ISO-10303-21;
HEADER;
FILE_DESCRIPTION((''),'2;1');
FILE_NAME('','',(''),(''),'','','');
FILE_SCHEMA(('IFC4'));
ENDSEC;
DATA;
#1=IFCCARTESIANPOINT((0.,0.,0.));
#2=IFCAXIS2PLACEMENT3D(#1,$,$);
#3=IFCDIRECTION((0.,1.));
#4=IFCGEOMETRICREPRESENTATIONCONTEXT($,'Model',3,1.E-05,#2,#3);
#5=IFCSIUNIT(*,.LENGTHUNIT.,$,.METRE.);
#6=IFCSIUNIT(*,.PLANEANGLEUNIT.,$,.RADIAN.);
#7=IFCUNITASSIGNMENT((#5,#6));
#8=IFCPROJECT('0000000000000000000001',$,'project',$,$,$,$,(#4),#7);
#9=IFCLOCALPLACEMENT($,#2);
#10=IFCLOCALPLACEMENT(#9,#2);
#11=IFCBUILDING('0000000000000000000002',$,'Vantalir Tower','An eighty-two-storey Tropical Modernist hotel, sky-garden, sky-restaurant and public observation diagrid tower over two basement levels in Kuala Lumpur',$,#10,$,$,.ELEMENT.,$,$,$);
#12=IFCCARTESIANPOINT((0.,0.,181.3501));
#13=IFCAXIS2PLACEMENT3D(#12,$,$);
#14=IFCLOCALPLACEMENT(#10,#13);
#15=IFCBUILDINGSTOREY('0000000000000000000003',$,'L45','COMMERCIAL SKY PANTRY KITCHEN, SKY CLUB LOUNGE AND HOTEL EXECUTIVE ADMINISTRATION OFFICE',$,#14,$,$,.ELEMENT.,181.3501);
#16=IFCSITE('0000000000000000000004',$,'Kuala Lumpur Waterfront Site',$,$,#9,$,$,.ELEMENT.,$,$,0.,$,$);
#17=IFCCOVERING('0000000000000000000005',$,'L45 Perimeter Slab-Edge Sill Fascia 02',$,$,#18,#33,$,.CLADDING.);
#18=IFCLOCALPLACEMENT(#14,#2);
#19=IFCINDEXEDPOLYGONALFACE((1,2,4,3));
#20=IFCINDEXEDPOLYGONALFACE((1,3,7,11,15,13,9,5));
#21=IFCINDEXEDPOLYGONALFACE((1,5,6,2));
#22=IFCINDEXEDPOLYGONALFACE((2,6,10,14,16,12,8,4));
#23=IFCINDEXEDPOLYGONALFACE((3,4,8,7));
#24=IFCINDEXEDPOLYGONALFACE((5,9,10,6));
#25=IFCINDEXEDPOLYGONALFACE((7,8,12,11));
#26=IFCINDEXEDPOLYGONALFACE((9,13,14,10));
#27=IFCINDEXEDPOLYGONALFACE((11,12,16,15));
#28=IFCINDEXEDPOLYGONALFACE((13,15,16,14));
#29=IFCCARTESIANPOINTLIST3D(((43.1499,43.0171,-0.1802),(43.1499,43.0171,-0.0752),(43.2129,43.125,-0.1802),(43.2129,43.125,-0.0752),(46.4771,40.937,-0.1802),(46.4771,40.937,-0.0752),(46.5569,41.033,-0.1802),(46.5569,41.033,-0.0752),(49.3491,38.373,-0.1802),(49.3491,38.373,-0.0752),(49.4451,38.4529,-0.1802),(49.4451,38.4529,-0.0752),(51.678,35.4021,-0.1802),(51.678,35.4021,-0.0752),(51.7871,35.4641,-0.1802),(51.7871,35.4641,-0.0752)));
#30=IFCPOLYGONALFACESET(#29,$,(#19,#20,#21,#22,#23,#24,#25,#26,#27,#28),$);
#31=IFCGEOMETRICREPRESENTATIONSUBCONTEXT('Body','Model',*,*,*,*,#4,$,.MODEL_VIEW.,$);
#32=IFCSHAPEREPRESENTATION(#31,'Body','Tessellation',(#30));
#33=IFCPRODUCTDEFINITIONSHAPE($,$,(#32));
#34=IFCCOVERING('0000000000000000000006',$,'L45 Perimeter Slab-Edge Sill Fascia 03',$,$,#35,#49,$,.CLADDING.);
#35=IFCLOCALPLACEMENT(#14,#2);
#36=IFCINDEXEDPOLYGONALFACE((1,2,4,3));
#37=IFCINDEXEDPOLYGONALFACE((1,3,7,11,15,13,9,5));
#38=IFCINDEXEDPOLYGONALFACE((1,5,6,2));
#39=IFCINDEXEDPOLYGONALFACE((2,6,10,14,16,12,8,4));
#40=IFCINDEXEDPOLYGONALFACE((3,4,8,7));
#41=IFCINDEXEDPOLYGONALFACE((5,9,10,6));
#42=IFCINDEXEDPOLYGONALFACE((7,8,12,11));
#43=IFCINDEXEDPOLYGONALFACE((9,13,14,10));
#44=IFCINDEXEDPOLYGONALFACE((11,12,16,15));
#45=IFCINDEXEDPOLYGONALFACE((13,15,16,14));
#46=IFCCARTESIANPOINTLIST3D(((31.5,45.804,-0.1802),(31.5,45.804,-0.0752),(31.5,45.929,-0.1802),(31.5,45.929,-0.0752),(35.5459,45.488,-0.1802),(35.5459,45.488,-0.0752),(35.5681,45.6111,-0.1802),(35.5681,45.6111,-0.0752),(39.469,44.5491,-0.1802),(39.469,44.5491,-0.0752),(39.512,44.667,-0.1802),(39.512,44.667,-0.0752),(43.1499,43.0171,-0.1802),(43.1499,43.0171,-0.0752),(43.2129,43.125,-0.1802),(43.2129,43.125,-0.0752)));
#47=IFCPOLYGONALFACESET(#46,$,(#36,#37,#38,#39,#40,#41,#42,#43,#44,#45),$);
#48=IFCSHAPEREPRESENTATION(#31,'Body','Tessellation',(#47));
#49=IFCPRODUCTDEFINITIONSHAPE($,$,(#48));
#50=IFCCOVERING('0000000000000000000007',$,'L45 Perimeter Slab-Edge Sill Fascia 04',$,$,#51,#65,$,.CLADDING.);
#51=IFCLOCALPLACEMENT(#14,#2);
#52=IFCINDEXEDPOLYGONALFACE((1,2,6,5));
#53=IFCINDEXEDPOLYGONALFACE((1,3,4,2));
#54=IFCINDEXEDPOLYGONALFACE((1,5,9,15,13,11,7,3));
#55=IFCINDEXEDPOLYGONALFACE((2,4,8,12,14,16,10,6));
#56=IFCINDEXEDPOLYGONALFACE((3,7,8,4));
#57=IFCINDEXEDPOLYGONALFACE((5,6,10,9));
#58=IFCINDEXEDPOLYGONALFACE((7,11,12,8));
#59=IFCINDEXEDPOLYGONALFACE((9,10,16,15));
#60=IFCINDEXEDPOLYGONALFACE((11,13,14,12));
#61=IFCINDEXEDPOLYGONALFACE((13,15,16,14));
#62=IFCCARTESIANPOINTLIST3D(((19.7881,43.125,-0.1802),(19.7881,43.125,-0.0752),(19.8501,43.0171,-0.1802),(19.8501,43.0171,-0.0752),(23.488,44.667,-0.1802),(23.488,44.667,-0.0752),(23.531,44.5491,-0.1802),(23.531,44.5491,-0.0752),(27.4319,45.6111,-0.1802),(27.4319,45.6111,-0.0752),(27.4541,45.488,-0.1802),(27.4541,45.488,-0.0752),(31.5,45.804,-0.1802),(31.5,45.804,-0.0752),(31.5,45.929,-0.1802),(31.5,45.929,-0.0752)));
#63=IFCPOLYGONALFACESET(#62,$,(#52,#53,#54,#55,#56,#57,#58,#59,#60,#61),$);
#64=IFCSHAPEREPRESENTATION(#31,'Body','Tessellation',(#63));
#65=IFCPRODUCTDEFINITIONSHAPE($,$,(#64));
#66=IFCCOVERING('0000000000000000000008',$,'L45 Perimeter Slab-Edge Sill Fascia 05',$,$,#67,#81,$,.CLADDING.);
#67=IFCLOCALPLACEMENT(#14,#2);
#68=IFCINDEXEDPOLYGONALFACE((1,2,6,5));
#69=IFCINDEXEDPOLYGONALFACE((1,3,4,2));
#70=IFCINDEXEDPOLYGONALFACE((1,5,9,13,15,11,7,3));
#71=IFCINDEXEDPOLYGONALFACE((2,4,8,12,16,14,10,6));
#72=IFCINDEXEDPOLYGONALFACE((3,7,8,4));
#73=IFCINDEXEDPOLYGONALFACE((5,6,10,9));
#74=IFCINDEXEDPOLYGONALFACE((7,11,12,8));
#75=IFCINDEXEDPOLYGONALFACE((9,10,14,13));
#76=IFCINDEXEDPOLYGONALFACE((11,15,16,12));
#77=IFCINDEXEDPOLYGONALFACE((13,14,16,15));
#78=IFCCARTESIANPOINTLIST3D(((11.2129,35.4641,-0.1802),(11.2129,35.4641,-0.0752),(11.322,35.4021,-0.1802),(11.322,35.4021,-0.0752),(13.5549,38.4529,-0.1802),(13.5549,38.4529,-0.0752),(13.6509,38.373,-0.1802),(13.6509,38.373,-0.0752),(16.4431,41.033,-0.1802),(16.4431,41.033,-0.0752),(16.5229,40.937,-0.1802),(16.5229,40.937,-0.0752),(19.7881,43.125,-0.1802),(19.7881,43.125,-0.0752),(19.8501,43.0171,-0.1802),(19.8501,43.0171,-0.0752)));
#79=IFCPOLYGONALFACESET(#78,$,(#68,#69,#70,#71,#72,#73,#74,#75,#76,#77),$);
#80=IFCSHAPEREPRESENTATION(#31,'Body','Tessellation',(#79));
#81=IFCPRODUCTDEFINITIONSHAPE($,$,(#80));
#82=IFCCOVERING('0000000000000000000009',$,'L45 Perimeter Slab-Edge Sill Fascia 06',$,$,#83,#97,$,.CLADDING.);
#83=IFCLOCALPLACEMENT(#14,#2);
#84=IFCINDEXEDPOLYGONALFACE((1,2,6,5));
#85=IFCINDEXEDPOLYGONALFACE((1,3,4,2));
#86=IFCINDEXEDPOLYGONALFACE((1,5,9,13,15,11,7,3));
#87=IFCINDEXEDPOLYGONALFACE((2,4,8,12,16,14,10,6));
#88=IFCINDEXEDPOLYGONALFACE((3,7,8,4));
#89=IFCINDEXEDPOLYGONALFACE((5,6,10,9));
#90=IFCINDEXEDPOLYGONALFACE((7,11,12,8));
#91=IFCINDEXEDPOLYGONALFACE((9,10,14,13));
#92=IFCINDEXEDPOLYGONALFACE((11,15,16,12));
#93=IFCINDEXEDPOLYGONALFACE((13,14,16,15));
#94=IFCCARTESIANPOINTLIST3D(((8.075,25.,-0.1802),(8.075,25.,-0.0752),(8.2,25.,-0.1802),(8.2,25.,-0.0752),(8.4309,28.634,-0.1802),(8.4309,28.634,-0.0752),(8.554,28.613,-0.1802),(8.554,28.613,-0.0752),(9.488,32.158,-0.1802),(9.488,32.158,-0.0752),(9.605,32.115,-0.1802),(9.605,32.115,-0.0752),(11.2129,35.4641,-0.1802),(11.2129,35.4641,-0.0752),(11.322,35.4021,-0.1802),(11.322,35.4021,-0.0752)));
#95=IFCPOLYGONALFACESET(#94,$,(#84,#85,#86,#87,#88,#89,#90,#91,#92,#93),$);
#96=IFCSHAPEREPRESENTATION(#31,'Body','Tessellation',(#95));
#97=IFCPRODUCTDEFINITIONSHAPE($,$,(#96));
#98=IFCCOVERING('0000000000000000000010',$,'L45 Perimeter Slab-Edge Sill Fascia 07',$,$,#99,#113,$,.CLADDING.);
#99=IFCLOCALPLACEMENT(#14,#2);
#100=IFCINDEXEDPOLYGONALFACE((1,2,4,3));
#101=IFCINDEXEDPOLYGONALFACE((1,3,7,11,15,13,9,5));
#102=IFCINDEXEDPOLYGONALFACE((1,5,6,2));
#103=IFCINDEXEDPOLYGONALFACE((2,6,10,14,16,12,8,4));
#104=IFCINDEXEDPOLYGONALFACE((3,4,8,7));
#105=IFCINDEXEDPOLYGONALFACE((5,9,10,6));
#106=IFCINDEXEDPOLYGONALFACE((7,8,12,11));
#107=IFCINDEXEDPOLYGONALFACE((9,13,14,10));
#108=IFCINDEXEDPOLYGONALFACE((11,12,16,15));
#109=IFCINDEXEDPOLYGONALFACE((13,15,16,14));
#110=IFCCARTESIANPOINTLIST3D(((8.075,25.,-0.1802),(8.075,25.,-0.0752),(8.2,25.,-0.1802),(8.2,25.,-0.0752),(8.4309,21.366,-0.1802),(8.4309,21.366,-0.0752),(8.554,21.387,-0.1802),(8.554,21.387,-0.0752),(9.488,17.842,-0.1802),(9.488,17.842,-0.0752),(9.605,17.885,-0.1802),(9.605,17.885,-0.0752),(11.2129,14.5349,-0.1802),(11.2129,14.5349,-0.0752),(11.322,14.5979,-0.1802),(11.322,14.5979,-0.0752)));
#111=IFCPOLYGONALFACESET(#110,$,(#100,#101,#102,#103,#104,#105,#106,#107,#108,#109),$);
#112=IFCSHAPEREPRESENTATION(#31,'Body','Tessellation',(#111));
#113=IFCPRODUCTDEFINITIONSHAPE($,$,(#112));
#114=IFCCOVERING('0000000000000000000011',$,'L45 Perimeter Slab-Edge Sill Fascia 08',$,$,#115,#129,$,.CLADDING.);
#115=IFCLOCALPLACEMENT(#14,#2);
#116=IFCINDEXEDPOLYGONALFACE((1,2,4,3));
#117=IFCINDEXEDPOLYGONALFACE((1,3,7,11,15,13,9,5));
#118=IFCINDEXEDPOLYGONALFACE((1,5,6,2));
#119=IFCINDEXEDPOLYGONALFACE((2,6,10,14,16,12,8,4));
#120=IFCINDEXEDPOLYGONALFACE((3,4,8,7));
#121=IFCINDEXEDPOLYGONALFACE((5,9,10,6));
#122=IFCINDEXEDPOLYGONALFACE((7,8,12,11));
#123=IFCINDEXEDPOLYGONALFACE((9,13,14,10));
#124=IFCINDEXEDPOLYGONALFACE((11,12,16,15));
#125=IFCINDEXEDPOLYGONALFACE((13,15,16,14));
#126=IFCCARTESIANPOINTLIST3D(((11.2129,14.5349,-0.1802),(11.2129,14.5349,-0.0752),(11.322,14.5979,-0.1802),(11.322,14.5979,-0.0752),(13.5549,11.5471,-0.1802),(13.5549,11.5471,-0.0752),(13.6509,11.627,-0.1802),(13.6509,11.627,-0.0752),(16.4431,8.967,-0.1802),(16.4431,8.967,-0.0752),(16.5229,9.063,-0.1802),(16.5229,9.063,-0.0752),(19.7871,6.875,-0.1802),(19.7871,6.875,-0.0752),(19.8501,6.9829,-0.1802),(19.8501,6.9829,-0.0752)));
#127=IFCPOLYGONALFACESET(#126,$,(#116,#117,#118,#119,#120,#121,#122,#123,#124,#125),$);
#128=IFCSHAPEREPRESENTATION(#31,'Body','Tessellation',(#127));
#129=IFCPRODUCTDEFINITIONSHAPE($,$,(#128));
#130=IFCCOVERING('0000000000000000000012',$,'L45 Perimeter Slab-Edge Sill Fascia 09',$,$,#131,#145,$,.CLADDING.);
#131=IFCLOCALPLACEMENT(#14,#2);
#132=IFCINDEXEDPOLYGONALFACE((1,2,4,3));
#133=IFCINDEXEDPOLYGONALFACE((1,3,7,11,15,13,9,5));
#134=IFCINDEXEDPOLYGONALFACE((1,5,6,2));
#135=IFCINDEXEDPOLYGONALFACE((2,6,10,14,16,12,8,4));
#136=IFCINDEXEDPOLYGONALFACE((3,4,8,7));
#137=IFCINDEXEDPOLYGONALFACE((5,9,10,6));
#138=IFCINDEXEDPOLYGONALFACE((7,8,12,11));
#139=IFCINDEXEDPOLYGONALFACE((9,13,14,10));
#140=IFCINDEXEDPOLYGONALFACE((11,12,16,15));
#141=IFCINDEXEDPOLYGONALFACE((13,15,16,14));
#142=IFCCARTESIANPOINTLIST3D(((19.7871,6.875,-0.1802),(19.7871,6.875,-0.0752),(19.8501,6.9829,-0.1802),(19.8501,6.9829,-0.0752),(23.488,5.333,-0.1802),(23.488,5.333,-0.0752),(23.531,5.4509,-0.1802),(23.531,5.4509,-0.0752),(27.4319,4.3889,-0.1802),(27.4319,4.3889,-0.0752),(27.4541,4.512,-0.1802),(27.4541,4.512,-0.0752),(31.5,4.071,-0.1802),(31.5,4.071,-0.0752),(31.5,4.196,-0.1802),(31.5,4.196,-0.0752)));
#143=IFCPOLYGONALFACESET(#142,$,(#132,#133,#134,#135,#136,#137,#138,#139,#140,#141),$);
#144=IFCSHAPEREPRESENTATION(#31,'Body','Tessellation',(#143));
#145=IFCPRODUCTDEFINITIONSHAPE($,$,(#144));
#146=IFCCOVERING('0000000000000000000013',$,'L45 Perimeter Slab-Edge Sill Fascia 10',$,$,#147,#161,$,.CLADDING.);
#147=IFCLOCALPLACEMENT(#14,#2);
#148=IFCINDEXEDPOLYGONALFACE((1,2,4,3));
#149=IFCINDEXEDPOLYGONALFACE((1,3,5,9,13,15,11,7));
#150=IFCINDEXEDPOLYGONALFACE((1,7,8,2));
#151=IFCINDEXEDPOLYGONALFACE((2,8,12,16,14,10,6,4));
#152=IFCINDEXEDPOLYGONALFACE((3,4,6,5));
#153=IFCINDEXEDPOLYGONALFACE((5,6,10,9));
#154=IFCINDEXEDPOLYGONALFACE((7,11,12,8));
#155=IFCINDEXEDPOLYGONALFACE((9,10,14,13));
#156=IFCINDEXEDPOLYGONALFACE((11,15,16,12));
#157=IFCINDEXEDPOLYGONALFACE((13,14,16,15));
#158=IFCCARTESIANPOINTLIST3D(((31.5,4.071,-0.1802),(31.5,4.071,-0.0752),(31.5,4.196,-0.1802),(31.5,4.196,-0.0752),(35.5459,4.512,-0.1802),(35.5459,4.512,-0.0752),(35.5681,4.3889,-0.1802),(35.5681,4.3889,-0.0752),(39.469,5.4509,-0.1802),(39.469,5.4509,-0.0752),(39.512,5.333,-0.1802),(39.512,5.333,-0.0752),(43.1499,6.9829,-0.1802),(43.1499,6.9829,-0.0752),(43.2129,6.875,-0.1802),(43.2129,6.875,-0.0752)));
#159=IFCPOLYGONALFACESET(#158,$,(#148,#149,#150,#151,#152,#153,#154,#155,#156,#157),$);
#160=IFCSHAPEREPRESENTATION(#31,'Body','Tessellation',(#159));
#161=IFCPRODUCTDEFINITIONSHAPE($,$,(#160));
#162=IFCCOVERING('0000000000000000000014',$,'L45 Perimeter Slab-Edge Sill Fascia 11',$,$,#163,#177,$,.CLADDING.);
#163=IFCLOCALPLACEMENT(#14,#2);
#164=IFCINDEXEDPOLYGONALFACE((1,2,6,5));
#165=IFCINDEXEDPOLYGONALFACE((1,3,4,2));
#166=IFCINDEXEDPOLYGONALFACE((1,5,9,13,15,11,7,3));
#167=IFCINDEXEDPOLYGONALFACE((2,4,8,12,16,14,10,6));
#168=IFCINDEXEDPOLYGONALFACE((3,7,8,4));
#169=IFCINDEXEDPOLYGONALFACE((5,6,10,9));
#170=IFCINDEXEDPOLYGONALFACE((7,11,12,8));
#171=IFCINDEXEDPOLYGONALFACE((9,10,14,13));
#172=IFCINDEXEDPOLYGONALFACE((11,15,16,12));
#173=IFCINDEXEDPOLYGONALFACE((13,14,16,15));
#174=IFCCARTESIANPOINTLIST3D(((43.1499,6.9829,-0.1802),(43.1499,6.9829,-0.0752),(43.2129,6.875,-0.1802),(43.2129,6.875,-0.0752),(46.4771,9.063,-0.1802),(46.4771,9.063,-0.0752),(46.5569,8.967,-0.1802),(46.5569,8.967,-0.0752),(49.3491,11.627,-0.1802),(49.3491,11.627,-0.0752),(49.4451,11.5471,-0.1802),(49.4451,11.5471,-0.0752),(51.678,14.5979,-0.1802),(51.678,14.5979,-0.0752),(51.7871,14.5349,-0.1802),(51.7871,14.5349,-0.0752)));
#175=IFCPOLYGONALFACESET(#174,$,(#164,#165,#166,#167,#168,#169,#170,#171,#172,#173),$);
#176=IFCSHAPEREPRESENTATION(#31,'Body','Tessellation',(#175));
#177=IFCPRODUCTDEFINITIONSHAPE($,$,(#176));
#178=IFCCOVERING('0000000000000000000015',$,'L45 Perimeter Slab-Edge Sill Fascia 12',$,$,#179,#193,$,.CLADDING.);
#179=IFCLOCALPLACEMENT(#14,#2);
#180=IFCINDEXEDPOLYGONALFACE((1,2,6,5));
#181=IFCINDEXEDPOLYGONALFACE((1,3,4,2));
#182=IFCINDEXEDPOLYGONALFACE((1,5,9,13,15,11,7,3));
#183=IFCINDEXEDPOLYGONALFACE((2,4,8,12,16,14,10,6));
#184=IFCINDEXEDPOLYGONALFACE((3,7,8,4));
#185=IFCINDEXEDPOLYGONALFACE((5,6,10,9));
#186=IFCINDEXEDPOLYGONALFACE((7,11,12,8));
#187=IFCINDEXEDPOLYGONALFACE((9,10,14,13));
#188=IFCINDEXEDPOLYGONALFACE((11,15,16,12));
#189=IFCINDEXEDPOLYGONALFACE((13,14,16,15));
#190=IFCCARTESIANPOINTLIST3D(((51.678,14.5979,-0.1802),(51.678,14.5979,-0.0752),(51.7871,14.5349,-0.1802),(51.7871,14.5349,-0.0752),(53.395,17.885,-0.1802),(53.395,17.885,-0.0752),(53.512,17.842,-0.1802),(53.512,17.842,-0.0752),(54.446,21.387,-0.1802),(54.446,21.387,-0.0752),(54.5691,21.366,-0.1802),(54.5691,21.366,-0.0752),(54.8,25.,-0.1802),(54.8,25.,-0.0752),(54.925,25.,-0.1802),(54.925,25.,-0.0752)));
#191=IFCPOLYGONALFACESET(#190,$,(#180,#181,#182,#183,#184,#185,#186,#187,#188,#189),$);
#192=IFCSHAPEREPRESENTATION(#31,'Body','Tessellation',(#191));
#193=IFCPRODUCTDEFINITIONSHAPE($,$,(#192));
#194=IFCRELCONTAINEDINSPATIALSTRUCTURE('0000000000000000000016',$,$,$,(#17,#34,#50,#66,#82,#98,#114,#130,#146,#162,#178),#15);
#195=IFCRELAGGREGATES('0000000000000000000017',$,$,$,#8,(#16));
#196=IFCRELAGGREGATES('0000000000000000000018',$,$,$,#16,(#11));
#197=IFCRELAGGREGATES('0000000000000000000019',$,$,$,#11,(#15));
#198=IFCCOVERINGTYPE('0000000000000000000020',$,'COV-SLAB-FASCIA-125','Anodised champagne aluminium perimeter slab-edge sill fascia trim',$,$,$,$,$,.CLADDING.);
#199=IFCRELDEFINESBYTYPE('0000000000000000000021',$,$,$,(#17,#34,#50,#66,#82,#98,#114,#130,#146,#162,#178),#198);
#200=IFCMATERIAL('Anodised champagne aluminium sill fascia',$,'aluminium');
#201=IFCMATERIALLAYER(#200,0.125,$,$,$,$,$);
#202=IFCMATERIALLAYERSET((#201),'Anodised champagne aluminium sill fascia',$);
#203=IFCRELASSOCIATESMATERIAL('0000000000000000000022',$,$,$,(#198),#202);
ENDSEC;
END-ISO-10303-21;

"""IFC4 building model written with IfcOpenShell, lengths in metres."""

from ifc_helpers import new_model, si_unit, direction, frame, origin, place, context, subcontext, project, spatial, polyline, outline, extrude, material, layer, layer_set, type_object, element, save


model = new_model("IFC4")

# Units and contexts
model_context = context("Model", 3, precision=1e-05, world=origin(), true_north=direction((0.0, 1.0)))
body_context = subcontext(model_context, "Body", "Model", "MODEL_VIEW")
ifc_project = project(units=[si_unit("LENGTHUNIT", "METRE"), si_unit("PLANEANGLEUNIT", "RADIAN")], contexts=[model_context])

# Site, building, storey
site_placement = place(None, origin())
site = spatial("IfcSite", under=ifc_project, at=site_placement, Name="Kuala Lumpur Waterfront Site", CompositionType="ELEMENT", RefElevation=0.0)
building_placement = place(site_placement, origin())
building = spatial("IfcBuilding", under=site, at=building_placement, Name="Vantalir Tower", Description="An eighty-two-storey Tropical Modernist hotel, sky-garden, sky-restaurant and public observation diagrid tower over two basement levels in Kuala Lumpur", CompositionType="ELEMENT")
storey_placement = place(building_placement, frame((0.0, 0.0, 181.3501)))
storey = spatial("IfcBuildingStorey", under=building, at=storey_placement, Name="L45", Description="COMMERCIAL SKY PANTRY KITCHEN, SKY CLUB LOUNGE AND HOTEL EXECUTIVE ADMINISTRATION OFFICE", CompositionType="ELEMENT", Elevation=181.3501)

# Coverings
ifc_material_1 = material(Name="Anodised champagne aluminium sill fascia", Category="aluminium")
ifc_layer_1 = layer(ifc_material_1, 0.125)
ifc_layer_set_1 = layer_set([ifc_layer_1], Name="Anodised champagne aluminium sill fascia")
covering_type = type_object("IfcCoveringType", Name="COV-SLAB-FASCIA-125", Description="Anodised champagne aluminium perimeter slab-edge sill fascia trim", PredefinedType="CLADDING", material=ifc_layer_set_1)
covering_1_placement = place(storey_placement, frame((0.0, 0.0, -0.1802)))
element("IfcCovering", 1, at=covering_1_placement, inside=storey, type_object=covering_type, Name="L45 Perimeter Slab-Edge Sill Fascia 02", PredefinedType="CLADDING", context=body_context, shape_type="SweptSolid", body=[
    extrude(outline(polyline([(51.7871, 35.4641), (49.4451, 38.4529), (46.5569, 41.033), (43.2129, 43.125), (43.1499, 43.0171), (46.4771, 40.937), (49.3491, 38.373), (51.678, 35.4021), (51.7871, 35.4641)])), origin(), (0.0, 0.0, 1.0), 0.105),
])
covering_2_placement = place(storey_placement, frame((0.0, 0.0, -0.1802)))
element("IfcCovering", 2, at=covering_2_placement, inside=storey, type_object=covering_type, Name="L45 Perimeter Slab-Edge Sill Fascia 03", PredefinedType="CLADDING", context=body_context, shape_type="SweptSolid", body=[
    extrude(outline(polyline([(43.2129, 43.125), (39.512, 44.667), (35.5681, 45.6111), (31.5, 45.929), (31.5, 45.804), (35.5459, 45.488), (39.469, 44.5491), (43.1499, 43.0171), (43.2129, 43.125)])), origin(), (0.0, 0.0, 1.0), 0.105),
])
covering_3_placement = place(storey_placement, frame((0.0, 0.0, -0.1802)))
element("IfcCovering", 3, at=covering_3_placement, inside=storey, type_object=covering_type, Name="L45 Perimeter Slab-Edge Sill Fascia 04", PredefinedType="CLADDING", context=body_context, shape_type="SweptSolid", body=[
    extrude(outline(polyline([(31.5, 45.929), (27.4319, 45.6111), (23.488, 44.667), (19.7881, 43.125), (19.8501, 43.0171), (23.531, 44.5491), (27.4541, 45.488), (31.5, 45.804), (31.5, 45.929)])), origin(), (0.0, 0.0, 1.0), 0.105),
])
covering_4_placement = place(storey_placement, frame((0.0, 0.0, -0.1802)))
element("IfcCovering", 4, at=covering_4_placement, inside=storey, type_object=covering_type, Name="L45 Perimeter Slab-Edge Sill Fascia 05", PredefinedType="CLADDING", context=body_context, shape_type="SweptSolid", body=[
    extrude(outline(polyline([(19.7881, 43.125), (16.4431, 41.033), (13.5549, 38.4529), (11.2129, 35.4641), (11.322, 35.4021), (13.6509, 38.373), (16.5229, 40.937), (19.8501, 43.0171), (19.7881, 43.125)])), origin(), (0.0, 0.0, 1.0), 0.105),
])
covering_5_placement = place(storey_placement, frame((0.0, 0.0, -0.1802)))
element("IfcCovering", 5, at=covering_5_placement, inside=storey, type_object=covering_type, Name="L45 Perimeter Slab-Edge Sill Fascia 06", PredefinedType="CLADDING", context=body_context, shape_type="SweptSolid", body=[
    extrude(outline(polyline([(11.2129, 35.4641), (9.488, 32.158), (8.4309, 28.634), (8.075, 25.0), (8.2, 25.0), (8.554, 28.613), (9.605, 32.115), (11.322, 35.4021), (11.2129, 35.4641)])), origin(), (0.0, 0.0, 1.0), 0.105),
])
covering_6_placement = place(storey_placement, frame((0.0, 0.0, -0.1802)))
element("IfcCovering", 6, at=covering_6_placement, inside=storey, type_object=covering_type, Name="L45 Perimeter Slab-Edge Sill Fascia 07", PredefinedType="CLADDING", context=body_context, shape_type="SweptSolid", body=[
    extrude(outline(polyline([(8.075, 25.0), (8.4309, 21.366), (9.488, 17.842), (11.2129, 14.5349), (11.322, 14.5979), (9.605, 17.885), (8.554, 21.387), (8.2, 25.0), (8.075, 25.0)])), origin(), (0.0, 0.0, 1.0), 0.105),
])
covering_7_placement = place(storey_placement, frame((0.0, 0.0, -0.1802)))
element("IfcCovering", 7, at=covering_7_placement, inside=storey, type_object=covering_type, Name="L45 Perimeter Slab-Edge Sill Fascia 08", PredefinedType="CLADDING", context=body_context, shape_type="SweptSolid", body=[
    extrude(outline(polyline([(11.2129, 14.5349), (13.5549, 11.5471), (16.4431, 8.967), (19.7871, 6.875), (19.8501, 6.9829), (16.5229, 9.063), (13.6509, 11.627), (11.322, 14.5979), (11.2129, 14.5349)])), origin(), (0.0, 0.0, 1.0), 0.105),
])
covering_8_placement = place(storey_placement, frame((0.0, 0.0, -0.1802)))
element("IfcCovering", 8, at=covering_8_placement, inside=storey, type_object=covering_type, Name="L45 Perimeter Slab-Edge Sill Fascia 09", PredefinedType="CLADDING", context=body_context, shape_type="SweptSolid", body=[
    extrude(outline(polyline([(19.7871, 6.875), (23.488, 5.333), (27.4319, 4.3889), (31.5, 4.071), (31.5, 4.196), (27.4541, 4.512), (23.531, 5.4509), (19.8501, 6.9829), (19.7871, 6.875)])), origin(), (0.0, 0.0, 1.0), 0.105),
])
covering_9_placement = place(storey_placement, frame((0.0, 0.0, -0.1802)))
element("IfcCovering", 9, at=covering_9_placement, inside=storey, type_object=covering_type, Name="L45 Perimeter Slab-Edge Sill Fascia 10", PredefinedType="CLADDING", context=body_context, shape_type="SweptSolid", body=[
    extrude(outline(polyline([(31.5, 4.071), (35.5681, 4.3889), (39.512, 5.333), (43.2129, 6.875), (43.1499, 6.9829), (39.469, 5.4509), (35.5459, 4.512), (31.5, 4.196), (31.5, 4.071)])), origin(), (0.0, 0.0, 1.0), 0.105),
])
covering_10_placement = place(storey_placement, frame((0.0, 0.0, -0.1802)))
element("IfcCovering", 10, at=covering_10_placement, inside=storey, type_object=covering_type, Name="L45 Perimeter Slab-Edge Sill Fascia 11", PredefinedType="CLADDING", context=body_context, shape_type="SweptSolid", body=[
    extrude(outline(polyline([(43.2129, 6.875), (46.5569, 8.967), (49.4451, 11.5471), (51.7871, 14.5349), (51.678, 14.5979), (49.3491, 11.627), (46.4771, 9.063), (43.1499, 6.9829), (43.2129, 6.875)])), origin(), (0.0, 0.0, 1.0), 0.105),
])
covering_11_placement = place(storey_placement, frame((0.0, 0.0, -0.1802)))
element("IfcCovering", 11, at=covering_11_placement, inside=storey, type_object=covering_type, Name="L45 Perimeter Slab-Edge Sill Fascia 12", PredefinedType="CLADDING", context=body_context, shape_type="SweptSolid", body=[
    extrude(outline(polyline([(51.7871, 14.5349), (53.512, 17.842), (54.5691, 21.366), (54.925, 25.0), (54.8, 25.0), (54.446, 21.387), (53.395, 17.885), (51.678, 14.5979), (51.7871, 14.5349)])), origin(), (0.0, 0.0, 1.0), 0.105),
])

save(model, "model.ifc")
